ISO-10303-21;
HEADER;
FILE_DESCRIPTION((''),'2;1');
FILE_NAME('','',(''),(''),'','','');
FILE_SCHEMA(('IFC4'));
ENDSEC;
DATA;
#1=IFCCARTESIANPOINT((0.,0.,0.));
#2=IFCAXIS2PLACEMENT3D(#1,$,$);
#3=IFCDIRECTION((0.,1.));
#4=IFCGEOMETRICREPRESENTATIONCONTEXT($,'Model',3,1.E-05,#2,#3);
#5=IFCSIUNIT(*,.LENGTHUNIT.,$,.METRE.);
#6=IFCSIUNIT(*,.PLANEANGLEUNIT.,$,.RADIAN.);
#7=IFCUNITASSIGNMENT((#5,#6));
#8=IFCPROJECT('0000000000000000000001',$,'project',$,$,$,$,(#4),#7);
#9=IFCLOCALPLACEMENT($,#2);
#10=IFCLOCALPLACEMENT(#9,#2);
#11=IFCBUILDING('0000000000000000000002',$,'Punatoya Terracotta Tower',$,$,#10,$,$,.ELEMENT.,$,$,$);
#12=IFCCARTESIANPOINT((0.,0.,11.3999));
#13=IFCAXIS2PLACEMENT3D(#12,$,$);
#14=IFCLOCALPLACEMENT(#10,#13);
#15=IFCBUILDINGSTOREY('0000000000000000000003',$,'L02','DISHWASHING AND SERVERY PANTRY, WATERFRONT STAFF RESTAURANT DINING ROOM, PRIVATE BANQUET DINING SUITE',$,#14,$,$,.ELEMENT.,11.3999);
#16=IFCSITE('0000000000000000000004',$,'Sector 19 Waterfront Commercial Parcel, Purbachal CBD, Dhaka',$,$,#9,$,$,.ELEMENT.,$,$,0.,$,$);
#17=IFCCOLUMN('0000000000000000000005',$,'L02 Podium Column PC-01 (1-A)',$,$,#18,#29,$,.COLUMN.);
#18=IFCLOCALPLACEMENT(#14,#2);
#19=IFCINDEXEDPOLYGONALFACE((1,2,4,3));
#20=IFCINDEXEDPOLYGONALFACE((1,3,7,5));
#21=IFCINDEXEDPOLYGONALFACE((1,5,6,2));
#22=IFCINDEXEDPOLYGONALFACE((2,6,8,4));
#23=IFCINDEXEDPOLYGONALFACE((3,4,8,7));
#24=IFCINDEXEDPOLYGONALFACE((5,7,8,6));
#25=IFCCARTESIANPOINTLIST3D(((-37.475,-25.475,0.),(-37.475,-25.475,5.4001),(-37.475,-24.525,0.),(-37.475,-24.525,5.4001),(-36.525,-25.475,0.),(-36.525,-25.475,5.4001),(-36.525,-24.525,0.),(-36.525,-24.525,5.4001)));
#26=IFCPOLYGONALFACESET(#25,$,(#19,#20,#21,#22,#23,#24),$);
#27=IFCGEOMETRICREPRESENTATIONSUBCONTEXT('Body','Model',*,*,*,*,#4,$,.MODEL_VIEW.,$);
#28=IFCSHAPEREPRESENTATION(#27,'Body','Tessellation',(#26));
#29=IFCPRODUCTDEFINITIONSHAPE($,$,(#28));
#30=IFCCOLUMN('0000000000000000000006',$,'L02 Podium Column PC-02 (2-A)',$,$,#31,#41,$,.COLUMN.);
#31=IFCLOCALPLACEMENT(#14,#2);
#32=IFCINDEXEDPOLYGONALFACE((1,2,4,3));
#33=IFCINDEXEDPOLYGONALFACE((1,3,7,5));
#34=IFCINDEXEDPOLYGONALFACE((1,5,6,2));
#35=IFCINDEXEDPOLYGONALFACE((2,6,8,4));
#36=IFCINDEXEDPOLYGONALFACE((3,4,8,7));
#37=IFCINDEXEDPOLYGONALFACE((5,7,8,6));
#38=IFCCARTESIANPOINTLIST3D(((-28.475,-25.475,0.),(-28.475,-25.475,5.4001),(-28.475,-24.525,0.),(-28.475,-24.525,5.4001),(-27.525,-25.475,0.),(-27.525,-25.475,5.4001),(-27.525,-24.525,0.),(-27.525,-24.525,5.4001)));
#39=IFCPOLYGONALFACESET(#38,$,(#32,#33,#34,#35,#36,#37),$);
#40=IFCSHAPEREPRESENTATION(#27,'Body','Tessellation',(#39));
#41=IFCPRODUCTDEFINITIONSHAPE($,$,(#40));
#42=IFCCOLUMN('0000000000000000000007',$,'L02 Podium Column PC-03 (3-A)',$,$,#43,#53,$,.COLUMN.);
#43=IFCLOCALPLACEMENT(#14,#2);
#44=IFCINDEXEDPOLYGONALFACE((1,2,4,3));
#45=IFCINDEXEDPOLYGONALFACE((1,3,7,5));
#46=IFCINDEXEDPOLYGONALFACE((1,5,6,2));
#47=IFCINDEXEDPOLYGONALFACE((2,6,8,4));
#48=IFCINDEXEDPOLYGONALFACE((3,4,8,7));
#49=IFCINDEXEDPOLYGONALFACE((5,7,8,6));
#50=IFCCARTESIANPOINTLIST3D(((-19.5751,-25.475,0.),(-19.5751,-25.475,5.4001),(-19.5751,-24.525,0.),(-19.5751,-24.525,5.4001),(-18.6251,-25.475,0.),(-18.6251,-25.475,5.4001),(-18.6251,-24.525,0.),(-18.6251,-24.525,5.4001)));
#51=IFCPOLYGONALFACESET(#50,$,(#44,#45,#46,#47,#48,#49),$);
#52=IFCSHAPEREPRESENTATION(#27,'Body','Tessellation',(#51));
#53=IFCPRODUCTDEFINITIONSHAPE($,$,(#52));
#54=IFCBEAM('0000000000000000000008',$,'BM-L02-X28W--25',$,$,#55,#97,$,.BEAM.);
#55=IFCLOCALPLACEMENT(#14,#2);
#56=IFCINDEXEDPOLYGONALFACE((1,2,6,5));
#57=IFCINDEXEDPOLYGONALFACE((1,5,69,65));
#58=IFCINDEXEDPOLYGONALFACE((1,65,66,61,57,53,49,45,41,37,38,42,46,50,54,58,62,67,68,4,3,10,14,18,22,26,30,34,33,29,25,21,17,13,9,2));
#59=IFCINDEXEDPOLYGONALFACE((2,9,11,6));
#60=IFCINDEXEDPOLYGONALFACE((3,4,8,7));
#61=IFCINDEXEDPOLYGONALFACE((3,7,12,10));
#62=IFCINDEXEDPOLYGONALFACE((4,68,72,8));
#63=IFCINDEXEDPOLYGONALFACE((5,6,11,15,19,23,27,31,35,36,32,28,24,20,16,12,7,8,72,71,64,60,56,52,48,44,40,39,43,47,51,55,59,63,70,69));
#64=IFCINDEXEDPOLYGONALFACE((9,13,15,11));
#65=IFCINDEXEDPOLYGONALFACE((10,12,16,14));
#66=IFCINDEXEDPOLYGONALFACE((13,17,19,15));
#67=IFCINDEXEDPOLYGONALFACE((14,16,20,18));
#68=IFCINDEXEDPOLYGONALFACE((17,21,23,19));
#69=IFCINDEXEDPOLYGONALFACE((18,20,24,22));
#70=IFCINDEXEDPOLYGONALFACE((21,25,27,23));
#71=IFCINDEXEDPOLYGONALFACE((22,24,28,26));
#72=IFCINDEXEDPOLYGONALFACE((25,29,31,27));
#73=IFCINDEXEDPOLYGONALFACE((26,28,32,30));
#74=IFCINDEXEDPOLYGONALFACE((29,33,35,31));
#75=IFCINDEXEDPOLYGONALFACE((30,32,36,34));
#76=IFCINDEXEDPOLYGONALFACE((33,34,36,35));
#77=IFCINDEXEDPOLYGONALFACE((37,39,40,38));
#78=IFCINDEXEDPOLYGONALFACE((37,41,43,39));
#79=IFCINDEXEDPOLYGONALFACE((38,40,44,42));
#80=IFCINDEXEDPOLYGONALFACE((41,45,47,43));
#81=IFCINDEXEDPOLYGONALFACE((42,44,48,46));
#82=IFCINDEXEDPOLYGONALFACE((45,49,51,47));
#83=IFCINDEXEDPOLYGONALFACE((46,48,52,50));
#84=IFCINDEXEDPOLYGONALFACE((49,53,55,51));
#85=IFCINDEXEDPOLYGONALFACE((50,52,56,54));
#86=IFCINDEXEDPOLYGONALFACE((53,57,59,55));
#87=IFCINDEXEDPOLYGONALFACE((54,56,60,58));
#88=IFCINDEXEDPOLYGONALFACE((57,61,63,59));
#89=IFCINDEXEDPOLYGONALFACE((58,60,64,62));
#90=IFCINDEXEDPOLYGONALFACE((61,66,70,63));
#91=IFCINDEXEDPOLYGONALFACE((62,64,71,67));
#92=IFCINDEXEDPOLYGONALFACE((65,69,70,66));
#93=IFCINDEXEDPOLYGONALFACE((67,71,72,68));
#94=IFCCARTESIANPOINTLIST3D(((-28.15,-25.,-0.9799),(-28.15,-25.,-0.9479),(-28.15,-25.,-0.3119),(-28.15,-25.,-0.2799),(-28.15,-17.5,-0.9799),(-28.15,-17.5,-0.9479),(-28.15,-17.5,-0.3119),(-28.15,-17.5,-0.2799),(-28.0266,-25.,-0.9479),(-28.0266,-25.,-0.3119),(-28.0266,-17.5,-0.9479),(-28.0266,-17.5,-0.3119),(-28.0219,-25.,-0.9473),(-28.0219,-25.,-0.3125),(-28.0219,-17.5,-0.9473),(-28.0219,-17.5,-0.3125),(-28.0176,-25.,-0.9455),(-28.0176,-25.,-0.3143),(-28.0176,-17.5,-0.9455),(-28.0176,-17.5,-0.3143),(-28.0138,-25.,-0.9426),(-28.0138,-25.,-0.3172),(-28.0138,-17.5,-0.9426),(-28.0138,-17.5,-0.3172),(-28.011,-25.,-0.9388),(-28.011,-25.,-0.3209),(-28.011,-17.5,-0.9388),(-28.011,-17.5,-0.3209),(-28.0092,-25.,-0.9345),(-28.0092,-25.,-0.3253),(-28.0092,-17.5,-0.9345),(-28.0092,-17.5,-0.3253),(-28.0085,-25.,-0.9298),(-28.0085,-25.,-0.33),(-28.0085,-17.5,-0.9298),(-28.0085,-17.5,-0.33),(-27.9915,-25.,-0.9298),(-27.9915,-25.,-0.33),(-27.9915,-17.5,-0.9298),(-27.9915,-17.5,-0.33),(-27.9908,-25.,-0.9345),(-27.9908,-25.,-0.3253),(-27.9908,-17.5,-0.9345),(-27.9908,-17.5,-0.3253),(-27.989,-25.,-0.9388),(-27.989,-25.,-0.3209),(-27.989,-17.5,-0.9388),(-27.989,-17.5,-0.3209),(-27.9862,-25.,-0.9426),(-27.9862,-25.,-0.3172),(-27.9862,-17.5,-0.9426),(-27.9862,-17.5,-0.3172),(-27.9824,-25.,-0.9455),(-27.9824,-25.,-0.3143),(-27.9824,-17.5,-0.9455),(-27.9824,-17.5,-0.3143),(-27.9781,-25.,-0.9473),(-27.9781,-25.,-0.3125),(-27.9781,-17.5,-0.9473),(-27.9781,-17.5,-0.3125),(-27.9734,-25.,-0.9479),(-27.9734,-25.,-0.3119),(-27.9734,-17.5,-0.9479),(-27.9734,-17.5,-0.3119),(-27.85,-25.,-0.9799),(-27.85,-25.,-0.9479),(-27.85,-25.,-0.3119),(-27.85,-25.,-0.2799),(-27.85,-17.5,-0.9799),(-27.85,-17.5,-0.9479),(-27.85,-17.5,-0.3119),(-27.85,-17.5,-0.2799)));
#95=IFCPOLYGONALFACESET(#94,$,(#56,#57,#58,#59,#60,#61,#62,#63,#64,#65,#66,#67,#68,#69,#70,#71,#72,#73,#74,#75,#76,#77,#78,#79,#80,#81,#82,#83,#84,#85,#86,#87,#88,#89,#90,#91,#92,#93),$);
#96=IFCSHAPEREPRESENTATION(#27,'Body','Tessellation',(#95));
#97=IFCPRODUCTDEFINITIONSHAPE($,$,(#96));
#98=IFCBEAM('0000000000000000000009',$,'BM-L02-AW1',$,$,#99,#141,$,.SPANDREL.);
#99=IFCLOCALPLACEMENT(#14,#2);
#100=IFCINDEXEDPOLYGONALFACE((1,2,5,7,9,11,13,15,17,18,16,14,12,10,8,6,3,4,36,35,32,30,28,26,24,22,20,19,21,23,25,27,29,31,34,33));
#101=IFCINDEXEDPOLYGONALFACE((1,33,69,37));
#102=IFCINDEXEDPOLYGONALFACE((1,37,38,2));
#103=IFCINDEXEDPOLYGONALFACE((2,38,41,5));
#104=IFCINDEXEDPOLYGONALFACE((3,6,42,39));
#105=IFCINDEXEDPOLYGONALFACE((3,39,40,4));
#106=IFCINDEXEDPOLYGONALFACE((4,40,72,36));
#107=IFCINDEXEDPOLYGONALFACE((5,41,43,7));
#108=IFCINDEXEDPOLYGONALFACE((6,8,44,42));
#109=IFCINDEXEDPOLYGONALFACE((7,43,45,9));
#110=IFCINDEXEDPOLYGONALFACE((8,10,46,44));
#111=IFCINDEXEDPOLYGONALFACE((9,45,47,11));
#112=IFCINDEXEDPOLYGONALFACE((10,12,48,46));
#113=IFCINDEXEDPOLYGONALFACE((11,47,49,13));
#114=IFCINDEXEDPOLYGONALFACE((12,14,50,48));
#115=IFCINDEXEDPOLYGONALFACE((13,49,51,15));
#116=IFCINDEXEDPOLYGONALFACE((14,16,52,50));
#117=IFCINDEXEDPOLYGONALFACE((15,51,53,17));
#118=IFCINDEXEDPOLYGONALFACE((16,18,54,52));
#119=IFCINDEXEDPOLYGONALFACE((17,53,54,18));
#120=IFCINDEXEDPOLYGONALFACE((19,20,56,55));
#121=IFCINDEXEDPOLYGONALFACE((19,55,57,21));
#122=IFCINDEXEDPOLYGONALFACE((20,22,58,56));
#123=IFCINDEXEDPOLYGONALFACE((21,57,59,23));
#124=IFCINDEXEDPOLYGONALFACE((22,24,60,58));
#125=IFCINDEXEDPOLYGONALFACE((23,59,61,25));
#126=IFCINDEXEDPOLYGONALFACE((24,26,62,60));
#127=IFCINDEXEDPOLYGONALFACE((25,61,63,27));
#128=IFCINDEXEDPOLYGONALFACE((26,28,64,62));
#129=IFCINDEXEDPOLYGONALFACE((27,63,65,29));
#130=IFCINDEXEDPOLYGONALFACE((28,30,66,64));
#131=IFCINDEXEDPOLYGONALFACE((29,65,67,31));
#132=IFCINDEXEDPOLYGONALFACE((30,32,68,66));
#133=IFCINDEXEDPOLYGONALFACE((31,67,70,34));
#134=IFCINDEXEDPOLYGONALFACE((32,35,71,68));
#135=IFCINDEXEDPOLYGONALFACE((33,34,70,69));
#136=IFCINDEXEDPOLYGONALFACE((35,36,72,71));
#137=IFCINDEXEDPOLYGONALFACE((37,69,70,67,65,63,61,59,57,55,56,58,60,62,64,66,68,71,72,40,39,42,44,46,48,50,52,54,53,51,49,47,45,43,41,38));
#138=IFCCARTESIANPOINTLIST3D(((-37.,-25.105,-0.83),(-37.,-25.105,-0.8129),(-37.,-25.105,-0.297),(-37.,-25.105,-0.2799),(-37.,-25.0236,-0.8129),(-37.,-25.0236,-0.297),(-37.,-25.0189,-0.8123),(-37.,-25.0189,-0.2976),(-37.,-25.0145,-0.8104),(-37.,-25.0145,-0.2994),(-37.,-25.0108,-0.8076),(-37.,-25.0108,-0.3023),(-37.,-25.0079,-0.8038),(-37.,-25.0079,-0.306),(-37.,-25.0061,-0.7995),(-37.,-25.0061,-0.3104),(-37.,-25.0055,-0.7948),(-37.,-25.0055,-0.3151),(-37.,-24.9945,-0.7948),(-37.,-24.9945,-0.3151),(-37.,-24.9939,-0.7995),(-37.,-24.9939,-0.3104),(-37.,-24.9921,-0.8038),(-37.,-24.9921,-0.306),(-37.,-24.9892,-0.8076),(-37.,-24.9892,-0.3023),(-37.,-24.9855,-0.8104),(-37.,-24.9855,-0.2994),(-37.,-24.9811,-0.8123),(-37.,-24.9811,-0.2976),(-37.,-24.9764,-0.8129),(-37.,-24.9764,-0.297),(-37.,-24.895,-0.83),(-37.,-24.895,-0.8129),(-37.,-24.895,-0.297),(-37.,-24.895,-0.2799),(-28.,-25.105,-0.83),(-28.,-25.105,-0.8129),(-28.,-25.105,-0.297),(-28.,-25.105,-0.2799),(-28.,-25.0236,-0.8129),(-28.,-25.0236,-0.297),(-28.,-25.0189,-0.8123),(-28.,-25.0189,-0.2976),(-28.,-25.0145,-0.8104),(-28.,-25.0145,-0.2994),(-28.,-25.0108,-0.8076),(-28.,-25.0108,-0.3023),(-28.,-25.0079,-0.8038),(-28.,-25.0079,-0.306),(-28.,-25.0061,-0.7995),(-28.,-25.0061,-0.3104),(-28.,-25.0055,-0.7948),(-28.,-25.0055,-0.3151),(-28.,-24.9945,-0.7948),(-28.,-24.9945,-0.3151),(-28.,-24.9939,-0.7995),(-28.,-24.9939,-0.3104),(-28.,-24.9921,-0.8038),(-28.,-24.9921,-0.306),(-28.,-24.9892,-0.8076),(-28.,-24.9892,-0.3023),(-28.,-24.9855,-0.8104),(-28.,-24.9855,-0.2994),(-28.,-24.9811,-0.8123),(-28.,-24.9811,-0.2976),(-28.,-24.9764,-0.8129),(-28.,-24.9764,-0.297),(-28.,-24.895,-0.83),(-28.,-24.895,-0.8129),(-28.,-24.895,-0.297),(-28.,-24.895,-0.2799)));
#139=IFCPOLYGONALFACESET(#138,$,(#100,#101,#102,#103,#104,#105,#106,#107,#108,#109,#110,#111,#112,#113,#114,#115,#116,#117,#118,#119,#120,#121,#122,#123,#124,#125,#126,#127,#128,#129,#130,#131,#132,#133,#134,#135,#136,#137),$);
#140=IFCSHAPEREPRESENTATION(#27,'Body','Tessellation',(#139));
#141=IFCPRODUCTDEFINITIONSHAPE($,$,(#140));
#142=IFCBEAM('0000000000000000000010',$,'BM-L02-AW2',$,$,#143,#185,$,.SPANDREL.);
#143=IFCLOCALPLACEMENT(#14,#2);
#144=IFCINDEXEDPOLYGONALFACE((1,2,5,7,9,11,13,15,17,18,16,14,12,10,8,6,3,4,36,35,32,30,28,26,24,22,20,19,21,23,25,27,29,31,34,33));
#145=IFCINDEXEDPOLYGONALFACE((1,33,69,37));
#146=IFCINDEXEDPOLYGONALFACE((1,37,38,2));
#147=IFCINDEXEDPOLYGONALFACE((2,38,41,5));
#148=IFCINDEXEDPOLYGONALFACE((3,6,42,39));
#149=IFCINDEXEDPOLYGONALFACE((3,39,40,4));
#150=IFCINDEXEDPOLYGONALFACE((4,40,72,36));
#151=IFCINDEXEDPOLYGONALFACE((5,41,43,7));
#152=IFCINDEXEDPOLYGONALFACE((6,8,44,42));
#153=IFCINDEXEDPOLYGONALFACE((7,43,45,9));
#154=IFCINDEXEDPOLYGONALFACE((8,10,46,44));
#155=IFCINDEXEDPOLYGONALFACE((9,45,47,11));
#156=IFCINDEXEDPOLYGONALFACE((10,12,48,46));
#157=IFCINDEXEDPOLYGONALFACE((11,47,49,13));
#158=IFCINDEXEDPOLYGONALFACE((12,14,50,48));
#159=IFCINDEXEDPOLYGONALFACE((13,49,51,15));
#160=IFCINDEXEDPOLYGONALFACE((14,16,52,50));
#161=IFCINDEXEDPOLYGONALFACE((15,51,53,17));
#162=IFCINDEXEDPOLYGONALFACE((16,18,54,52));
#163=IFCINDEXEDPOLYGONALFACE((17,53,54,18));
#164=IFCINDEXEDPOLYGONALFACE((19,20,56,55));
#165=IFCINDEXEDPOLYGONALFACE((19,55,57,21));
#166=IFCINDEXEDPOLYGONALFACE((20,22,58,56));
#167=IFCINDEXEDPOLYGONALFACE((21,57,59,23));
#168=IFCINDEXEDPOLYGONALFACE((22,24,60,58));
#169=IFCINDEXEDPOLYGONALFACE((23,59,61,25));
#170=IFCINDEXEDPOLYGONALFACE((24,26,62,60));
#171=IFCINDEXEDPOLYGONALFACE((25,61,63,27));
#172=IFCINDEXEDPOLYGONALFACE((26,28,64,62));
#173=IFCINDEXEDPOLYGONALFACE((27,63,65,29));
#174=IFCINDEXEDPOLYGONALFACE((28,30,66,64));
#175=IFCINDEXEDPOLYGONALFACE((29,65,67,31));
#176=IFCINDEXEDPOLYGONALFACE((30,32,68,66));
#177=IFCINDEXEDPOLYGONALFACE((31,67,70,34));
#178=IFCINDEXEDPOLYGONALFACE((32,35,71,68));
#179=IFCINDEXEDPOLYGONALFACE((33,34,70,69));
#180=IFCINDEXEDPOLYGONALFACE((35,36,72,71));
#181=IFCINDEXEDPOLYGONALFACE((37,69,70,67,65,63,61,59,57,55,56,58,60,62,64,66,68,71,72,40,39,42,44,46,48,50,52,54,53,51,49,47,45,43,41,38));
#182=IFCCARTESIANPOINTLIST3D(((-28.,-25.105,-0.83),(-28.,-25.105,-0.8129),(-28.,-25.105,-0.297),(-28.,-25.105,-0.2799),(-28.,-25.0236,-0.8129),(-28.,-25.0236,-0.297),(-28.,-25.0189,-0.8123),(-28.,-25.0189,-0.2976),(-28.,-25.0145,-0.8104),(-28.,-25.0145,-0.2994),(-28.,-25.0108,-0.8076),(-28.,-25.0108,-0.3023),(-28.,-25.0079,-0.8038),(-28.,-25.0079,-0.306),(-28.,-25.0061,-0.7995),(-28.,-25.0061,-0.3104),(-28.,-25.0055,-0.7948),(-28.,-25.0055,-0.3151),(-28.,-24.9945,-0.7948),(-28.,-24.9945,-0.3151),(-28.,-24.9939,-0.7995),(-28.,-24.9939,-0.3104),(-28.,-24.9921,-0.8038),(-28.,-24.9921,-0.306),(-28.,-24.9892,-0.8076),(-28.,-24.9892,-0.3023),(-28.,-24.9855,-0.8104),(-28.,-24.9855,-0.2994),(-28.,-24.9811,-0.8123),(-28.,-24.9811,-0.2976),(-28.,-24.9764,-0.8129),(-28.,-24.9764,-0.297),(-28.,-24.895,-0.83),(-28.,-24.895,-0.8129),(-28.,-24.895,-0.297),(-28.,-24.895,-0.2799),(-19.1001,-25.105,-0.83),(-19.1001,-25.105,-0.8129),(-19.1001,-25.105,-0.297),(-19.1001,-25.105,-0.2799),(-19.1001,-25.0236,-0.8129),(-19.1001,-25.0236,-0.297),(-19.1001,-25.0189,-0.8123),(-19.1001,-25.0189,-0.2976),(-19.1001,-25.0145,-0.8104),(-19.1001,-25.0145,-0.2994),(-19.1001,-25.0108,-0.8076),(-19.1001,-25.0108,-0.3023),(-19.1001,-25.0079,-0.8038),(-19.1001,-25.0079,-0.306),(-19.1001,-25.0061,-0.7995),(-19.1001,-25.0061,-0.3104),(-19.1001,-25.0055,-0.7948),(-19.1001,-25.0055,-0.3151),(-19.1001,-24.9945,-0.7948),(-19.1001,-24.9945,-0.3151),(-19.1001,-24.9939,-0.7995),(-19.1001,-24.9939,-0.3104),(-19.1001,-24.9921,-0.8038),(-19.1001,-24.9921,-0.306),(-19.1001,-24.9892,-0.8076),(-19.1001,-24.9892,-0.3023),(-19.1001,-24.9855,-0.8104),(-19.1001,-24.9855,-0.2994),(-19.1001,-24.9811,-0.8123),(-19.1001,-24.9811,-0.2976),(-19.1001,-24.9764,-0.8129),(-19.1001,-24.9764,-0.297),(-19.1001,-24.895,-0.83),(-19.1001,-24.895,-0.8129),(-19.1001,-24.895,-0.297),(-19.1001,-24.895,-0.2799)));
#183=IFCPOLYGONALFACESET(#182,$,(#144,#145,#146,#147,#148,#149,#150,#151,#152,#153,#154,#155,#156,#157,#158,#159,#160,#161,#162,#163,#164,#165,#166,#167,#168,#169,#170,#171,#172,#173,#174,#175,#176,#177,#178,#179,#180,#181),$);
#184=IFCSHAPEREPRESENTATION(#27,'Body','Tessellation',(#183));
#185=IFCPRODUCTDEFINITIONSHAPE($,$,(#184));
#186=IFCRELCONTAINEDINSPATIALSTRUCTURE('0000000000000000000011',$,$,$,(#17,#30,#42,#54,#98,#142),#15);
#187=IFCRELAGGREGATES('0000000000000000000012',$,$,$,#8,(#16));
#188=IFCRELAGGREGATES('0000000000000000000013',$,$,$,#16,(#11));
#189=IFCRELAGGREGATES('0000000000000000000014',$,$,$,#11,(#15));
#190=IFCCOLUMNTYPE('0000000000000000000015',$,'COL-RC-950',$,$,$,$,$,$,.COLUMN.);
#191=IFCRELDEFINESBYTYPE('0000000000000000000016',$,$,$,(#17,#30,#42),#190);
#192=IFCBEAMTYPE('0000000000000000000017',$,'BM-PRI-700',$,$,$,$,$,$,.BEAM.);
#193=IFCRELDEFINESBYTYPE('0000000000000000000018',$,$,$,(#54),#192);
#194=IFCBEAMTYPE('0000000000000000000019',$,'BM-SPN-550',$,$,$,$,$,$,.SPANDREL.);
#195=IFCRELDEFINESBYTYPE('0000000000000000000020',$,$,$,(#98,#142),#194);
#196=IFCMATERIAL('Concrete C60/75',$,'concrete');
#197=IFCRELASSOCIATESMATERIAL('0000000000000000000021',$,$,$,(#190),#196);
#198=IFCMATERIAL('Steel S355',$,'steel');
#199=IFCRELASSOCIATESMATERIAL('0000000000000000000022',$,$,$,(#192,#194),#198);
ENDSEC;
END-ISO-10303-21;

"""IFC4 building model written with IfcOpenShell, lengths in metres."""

from ifc_helpers import new_model, si_unit, direction, frame, origin, origin_2d, place, context, subcontext, project, spatial, rectangle, i_section, extrude, material, material_profile, profile_set, type_object, element, save


model = new_model("IFC4")

# Units and contexts
model_context = context("Model", 3, precision=1e-05, world=origin(), true_north=direction((0.0, 1.0)))
body_context = subcontext(model_context, "Body", "Model", "MODEL_VIEW")
ifc_project = project(units=[si_unit("LENGTHUNIT", "METRE"), si_unit("PLANEANGLEUNIT", "RADIAN")], contexts=[model_context])

# Site, building, storey
site_placement = place(None, origin())
site = spatial("IfcSite", under=ifc_project, at=site_placement, Name="Sector 19 Waterfront Commercial Parcel, Purbachal CBD, Dhaka", CompositionType="ELEMENT", RefElevation=0.0)
building_placement = place(site_placement, origin())
building = spatial("IfcBuilding", under=site, at=building_placement, Name="Punatoya Terracotta Tower", CompositionType="ELEMENT")
storey_placement = place(building_placement, frame((0.0, 0.0, 11.3999)))
storey = spatial("IfcBuildingStorey", under=building, at=storey_placement, Name="L02", Description="DISHWASHING AND SERVERY PANTRY, WATERFRONT STAFF RESTAURANT DINING ROOM, PRIVATE BANQUET DINING SUITE", CompositionType="ELEMENT", Elevation=11.3999)

# Columns
ifc_material_1 = material(Name="Concrete C60/75", Category="concrete")
ifc_material_profile_1 = material_profile(ifc_material_1, rectangle(XDim=0.95, YDim=0.95, at=origin_2d()))
ifc_profile_set_1 = profile_set([ifc_material_profile_1], Name="Concrete C60/75")
column_type = type_object("IfcColumnType", Name="COL-RC-950", PredefinedType="COLUMN", material=ifc_profile_set_1)
for number, where, z_axis, x_axis, name in (
    (1, (-37.0, -25.0, 0.0), (0.0, 0.0, 1.0), (1.0, 0.0, 0.0), "L02 Podium Column PC-01 (1-A)"),
    (2, (-28.0, -25.0, 0.0), (0.0, 0.0, 1.0), (1.0, 0.0, 0.0), "L02 Podium Column PC-02 (2-A)"),
    (3, (-19.1001, -25.0, 0.0), (0.0, 0.0, 1.0), (1.0, 0.0, 0.0), "L02 Podium Column PC-03 (3-A)"),
):
    element("IfcColumn", number, at=place(storey_placement, frame(where, z_axis=z_axis, x_axis=x_axis)), inside=storey, type_object=column_type, Name=name, PredefinedType="COLUMN", context=body_context, shape_type="SweptSolid", body=[
        extrude(rectangle(XDim=0.95, YDim=0.95, at=origin_2d()), origin(), (0.0, 0.0, 1.0), 5.4001),
    ])

# Beams
ifc_material_2 = material(Name="Steel S355", Category="steel")
ifc_material_profile_2 = material_profile(ifc_material_2, i_section(OverallWidth=0.3, OverallDepth=0.7, WebThickness=0.0171, FlangeThickness=0.032, FilletRadius=0.0181, at=origin_2d()))
ifc_profile_set_2 = profile_set([ifc_material_profile_2], Name="Steel S355")
beam_type_1 = type_object("IfcBeamType", Name="BM-PRI-700", PredefinedType="BEAM", material=ifc_profile_set_2)
beam_1_placement = place(storey_placement, frame((-28.0, -25.0, -0.6299), z_axis=(0.0, 1.0, 0.0), x_axis=(-1.0, 0.0, 0.0)))
element("IfcBeam", 4, at=beam_1_placement, inside=storey, type_object=beam_type_1, Name="BM-L02-X28W--25", PredefinedType="BEAM", context=body_context, shape_type="SweptSolid", body=[
    extrude(i_section(OverallWidth=0.3, OverallDepth=0.7, WebThickness=0.0171, FlangeThickness=0.032, FilletRadius=0.0181, at=origin_2d()), origin(), (0.0, 0.0, 1.0), 7.5),
])
ifc_material_profile_3 = material_profile(ifc_material_2, i_section(OverallWidth=0.21, OverallDepth=0.55, WebThickness=0.011, FlangeThickness=0.0171, FilletRadius=0.0181, at=origin_2d()))
ifc_profile_set_3 = profile_set([ifc_material_profile_3], Name="Steel S355")
beam_type_2 = type_object("IfcBeamType", Name="BM-SPN-550", PredefinedType="SPANDREL", material=ifc_profile_set_3)
beam_2_placement = place(storey_placement, frame((-37.0, -25.0, -0.5549), z_axis=(1.0, 0.0, 0.0), x_axis=(0.0, 1.0, 0.0)))
element("IfcBeam", 5, at=beam_2_placement, inside=storey, type_object=beam_type_2, Name="BM-L02-AW1", PredefinedType="SPANDREL", context=body_context, shape_type="SweptSolid", body=[
    extrude(i_section(OverallWidth=0.21, OverallDepth=0.55, WebThickness=0.011, FlangeThickness=0.0171, FilletRadius=0.0181, at=origin_2d()), origin(), (0.0, 0.0, 1.0), 9.0),
])
beam_3_placement = place(storey_placement, frame((-28.0, -25.0, -0.5549), z_axis=(1.0, 0.0, 0.0), x_axis=(0.0, 1.0, 0.0)))
element("IfcBeam", 6, at=beam_3_placement, inside=storey, type_object=beam_type_2, Name="BM-L02-AW2", PredefinedType="SPANDREL", context=body_context, shape_type="SweptSolid", body=[
    extrude(i_section(OverallWidth=0.21, OverallDepth=0.55, WebThickness=0.011, FlangeThickness=0.0171, FilletRadius=0.0181, at=origin_2d()), origin(), (0.0, 0.0, 1.0), 8.8999),
])

save(model, "model.ifc")
